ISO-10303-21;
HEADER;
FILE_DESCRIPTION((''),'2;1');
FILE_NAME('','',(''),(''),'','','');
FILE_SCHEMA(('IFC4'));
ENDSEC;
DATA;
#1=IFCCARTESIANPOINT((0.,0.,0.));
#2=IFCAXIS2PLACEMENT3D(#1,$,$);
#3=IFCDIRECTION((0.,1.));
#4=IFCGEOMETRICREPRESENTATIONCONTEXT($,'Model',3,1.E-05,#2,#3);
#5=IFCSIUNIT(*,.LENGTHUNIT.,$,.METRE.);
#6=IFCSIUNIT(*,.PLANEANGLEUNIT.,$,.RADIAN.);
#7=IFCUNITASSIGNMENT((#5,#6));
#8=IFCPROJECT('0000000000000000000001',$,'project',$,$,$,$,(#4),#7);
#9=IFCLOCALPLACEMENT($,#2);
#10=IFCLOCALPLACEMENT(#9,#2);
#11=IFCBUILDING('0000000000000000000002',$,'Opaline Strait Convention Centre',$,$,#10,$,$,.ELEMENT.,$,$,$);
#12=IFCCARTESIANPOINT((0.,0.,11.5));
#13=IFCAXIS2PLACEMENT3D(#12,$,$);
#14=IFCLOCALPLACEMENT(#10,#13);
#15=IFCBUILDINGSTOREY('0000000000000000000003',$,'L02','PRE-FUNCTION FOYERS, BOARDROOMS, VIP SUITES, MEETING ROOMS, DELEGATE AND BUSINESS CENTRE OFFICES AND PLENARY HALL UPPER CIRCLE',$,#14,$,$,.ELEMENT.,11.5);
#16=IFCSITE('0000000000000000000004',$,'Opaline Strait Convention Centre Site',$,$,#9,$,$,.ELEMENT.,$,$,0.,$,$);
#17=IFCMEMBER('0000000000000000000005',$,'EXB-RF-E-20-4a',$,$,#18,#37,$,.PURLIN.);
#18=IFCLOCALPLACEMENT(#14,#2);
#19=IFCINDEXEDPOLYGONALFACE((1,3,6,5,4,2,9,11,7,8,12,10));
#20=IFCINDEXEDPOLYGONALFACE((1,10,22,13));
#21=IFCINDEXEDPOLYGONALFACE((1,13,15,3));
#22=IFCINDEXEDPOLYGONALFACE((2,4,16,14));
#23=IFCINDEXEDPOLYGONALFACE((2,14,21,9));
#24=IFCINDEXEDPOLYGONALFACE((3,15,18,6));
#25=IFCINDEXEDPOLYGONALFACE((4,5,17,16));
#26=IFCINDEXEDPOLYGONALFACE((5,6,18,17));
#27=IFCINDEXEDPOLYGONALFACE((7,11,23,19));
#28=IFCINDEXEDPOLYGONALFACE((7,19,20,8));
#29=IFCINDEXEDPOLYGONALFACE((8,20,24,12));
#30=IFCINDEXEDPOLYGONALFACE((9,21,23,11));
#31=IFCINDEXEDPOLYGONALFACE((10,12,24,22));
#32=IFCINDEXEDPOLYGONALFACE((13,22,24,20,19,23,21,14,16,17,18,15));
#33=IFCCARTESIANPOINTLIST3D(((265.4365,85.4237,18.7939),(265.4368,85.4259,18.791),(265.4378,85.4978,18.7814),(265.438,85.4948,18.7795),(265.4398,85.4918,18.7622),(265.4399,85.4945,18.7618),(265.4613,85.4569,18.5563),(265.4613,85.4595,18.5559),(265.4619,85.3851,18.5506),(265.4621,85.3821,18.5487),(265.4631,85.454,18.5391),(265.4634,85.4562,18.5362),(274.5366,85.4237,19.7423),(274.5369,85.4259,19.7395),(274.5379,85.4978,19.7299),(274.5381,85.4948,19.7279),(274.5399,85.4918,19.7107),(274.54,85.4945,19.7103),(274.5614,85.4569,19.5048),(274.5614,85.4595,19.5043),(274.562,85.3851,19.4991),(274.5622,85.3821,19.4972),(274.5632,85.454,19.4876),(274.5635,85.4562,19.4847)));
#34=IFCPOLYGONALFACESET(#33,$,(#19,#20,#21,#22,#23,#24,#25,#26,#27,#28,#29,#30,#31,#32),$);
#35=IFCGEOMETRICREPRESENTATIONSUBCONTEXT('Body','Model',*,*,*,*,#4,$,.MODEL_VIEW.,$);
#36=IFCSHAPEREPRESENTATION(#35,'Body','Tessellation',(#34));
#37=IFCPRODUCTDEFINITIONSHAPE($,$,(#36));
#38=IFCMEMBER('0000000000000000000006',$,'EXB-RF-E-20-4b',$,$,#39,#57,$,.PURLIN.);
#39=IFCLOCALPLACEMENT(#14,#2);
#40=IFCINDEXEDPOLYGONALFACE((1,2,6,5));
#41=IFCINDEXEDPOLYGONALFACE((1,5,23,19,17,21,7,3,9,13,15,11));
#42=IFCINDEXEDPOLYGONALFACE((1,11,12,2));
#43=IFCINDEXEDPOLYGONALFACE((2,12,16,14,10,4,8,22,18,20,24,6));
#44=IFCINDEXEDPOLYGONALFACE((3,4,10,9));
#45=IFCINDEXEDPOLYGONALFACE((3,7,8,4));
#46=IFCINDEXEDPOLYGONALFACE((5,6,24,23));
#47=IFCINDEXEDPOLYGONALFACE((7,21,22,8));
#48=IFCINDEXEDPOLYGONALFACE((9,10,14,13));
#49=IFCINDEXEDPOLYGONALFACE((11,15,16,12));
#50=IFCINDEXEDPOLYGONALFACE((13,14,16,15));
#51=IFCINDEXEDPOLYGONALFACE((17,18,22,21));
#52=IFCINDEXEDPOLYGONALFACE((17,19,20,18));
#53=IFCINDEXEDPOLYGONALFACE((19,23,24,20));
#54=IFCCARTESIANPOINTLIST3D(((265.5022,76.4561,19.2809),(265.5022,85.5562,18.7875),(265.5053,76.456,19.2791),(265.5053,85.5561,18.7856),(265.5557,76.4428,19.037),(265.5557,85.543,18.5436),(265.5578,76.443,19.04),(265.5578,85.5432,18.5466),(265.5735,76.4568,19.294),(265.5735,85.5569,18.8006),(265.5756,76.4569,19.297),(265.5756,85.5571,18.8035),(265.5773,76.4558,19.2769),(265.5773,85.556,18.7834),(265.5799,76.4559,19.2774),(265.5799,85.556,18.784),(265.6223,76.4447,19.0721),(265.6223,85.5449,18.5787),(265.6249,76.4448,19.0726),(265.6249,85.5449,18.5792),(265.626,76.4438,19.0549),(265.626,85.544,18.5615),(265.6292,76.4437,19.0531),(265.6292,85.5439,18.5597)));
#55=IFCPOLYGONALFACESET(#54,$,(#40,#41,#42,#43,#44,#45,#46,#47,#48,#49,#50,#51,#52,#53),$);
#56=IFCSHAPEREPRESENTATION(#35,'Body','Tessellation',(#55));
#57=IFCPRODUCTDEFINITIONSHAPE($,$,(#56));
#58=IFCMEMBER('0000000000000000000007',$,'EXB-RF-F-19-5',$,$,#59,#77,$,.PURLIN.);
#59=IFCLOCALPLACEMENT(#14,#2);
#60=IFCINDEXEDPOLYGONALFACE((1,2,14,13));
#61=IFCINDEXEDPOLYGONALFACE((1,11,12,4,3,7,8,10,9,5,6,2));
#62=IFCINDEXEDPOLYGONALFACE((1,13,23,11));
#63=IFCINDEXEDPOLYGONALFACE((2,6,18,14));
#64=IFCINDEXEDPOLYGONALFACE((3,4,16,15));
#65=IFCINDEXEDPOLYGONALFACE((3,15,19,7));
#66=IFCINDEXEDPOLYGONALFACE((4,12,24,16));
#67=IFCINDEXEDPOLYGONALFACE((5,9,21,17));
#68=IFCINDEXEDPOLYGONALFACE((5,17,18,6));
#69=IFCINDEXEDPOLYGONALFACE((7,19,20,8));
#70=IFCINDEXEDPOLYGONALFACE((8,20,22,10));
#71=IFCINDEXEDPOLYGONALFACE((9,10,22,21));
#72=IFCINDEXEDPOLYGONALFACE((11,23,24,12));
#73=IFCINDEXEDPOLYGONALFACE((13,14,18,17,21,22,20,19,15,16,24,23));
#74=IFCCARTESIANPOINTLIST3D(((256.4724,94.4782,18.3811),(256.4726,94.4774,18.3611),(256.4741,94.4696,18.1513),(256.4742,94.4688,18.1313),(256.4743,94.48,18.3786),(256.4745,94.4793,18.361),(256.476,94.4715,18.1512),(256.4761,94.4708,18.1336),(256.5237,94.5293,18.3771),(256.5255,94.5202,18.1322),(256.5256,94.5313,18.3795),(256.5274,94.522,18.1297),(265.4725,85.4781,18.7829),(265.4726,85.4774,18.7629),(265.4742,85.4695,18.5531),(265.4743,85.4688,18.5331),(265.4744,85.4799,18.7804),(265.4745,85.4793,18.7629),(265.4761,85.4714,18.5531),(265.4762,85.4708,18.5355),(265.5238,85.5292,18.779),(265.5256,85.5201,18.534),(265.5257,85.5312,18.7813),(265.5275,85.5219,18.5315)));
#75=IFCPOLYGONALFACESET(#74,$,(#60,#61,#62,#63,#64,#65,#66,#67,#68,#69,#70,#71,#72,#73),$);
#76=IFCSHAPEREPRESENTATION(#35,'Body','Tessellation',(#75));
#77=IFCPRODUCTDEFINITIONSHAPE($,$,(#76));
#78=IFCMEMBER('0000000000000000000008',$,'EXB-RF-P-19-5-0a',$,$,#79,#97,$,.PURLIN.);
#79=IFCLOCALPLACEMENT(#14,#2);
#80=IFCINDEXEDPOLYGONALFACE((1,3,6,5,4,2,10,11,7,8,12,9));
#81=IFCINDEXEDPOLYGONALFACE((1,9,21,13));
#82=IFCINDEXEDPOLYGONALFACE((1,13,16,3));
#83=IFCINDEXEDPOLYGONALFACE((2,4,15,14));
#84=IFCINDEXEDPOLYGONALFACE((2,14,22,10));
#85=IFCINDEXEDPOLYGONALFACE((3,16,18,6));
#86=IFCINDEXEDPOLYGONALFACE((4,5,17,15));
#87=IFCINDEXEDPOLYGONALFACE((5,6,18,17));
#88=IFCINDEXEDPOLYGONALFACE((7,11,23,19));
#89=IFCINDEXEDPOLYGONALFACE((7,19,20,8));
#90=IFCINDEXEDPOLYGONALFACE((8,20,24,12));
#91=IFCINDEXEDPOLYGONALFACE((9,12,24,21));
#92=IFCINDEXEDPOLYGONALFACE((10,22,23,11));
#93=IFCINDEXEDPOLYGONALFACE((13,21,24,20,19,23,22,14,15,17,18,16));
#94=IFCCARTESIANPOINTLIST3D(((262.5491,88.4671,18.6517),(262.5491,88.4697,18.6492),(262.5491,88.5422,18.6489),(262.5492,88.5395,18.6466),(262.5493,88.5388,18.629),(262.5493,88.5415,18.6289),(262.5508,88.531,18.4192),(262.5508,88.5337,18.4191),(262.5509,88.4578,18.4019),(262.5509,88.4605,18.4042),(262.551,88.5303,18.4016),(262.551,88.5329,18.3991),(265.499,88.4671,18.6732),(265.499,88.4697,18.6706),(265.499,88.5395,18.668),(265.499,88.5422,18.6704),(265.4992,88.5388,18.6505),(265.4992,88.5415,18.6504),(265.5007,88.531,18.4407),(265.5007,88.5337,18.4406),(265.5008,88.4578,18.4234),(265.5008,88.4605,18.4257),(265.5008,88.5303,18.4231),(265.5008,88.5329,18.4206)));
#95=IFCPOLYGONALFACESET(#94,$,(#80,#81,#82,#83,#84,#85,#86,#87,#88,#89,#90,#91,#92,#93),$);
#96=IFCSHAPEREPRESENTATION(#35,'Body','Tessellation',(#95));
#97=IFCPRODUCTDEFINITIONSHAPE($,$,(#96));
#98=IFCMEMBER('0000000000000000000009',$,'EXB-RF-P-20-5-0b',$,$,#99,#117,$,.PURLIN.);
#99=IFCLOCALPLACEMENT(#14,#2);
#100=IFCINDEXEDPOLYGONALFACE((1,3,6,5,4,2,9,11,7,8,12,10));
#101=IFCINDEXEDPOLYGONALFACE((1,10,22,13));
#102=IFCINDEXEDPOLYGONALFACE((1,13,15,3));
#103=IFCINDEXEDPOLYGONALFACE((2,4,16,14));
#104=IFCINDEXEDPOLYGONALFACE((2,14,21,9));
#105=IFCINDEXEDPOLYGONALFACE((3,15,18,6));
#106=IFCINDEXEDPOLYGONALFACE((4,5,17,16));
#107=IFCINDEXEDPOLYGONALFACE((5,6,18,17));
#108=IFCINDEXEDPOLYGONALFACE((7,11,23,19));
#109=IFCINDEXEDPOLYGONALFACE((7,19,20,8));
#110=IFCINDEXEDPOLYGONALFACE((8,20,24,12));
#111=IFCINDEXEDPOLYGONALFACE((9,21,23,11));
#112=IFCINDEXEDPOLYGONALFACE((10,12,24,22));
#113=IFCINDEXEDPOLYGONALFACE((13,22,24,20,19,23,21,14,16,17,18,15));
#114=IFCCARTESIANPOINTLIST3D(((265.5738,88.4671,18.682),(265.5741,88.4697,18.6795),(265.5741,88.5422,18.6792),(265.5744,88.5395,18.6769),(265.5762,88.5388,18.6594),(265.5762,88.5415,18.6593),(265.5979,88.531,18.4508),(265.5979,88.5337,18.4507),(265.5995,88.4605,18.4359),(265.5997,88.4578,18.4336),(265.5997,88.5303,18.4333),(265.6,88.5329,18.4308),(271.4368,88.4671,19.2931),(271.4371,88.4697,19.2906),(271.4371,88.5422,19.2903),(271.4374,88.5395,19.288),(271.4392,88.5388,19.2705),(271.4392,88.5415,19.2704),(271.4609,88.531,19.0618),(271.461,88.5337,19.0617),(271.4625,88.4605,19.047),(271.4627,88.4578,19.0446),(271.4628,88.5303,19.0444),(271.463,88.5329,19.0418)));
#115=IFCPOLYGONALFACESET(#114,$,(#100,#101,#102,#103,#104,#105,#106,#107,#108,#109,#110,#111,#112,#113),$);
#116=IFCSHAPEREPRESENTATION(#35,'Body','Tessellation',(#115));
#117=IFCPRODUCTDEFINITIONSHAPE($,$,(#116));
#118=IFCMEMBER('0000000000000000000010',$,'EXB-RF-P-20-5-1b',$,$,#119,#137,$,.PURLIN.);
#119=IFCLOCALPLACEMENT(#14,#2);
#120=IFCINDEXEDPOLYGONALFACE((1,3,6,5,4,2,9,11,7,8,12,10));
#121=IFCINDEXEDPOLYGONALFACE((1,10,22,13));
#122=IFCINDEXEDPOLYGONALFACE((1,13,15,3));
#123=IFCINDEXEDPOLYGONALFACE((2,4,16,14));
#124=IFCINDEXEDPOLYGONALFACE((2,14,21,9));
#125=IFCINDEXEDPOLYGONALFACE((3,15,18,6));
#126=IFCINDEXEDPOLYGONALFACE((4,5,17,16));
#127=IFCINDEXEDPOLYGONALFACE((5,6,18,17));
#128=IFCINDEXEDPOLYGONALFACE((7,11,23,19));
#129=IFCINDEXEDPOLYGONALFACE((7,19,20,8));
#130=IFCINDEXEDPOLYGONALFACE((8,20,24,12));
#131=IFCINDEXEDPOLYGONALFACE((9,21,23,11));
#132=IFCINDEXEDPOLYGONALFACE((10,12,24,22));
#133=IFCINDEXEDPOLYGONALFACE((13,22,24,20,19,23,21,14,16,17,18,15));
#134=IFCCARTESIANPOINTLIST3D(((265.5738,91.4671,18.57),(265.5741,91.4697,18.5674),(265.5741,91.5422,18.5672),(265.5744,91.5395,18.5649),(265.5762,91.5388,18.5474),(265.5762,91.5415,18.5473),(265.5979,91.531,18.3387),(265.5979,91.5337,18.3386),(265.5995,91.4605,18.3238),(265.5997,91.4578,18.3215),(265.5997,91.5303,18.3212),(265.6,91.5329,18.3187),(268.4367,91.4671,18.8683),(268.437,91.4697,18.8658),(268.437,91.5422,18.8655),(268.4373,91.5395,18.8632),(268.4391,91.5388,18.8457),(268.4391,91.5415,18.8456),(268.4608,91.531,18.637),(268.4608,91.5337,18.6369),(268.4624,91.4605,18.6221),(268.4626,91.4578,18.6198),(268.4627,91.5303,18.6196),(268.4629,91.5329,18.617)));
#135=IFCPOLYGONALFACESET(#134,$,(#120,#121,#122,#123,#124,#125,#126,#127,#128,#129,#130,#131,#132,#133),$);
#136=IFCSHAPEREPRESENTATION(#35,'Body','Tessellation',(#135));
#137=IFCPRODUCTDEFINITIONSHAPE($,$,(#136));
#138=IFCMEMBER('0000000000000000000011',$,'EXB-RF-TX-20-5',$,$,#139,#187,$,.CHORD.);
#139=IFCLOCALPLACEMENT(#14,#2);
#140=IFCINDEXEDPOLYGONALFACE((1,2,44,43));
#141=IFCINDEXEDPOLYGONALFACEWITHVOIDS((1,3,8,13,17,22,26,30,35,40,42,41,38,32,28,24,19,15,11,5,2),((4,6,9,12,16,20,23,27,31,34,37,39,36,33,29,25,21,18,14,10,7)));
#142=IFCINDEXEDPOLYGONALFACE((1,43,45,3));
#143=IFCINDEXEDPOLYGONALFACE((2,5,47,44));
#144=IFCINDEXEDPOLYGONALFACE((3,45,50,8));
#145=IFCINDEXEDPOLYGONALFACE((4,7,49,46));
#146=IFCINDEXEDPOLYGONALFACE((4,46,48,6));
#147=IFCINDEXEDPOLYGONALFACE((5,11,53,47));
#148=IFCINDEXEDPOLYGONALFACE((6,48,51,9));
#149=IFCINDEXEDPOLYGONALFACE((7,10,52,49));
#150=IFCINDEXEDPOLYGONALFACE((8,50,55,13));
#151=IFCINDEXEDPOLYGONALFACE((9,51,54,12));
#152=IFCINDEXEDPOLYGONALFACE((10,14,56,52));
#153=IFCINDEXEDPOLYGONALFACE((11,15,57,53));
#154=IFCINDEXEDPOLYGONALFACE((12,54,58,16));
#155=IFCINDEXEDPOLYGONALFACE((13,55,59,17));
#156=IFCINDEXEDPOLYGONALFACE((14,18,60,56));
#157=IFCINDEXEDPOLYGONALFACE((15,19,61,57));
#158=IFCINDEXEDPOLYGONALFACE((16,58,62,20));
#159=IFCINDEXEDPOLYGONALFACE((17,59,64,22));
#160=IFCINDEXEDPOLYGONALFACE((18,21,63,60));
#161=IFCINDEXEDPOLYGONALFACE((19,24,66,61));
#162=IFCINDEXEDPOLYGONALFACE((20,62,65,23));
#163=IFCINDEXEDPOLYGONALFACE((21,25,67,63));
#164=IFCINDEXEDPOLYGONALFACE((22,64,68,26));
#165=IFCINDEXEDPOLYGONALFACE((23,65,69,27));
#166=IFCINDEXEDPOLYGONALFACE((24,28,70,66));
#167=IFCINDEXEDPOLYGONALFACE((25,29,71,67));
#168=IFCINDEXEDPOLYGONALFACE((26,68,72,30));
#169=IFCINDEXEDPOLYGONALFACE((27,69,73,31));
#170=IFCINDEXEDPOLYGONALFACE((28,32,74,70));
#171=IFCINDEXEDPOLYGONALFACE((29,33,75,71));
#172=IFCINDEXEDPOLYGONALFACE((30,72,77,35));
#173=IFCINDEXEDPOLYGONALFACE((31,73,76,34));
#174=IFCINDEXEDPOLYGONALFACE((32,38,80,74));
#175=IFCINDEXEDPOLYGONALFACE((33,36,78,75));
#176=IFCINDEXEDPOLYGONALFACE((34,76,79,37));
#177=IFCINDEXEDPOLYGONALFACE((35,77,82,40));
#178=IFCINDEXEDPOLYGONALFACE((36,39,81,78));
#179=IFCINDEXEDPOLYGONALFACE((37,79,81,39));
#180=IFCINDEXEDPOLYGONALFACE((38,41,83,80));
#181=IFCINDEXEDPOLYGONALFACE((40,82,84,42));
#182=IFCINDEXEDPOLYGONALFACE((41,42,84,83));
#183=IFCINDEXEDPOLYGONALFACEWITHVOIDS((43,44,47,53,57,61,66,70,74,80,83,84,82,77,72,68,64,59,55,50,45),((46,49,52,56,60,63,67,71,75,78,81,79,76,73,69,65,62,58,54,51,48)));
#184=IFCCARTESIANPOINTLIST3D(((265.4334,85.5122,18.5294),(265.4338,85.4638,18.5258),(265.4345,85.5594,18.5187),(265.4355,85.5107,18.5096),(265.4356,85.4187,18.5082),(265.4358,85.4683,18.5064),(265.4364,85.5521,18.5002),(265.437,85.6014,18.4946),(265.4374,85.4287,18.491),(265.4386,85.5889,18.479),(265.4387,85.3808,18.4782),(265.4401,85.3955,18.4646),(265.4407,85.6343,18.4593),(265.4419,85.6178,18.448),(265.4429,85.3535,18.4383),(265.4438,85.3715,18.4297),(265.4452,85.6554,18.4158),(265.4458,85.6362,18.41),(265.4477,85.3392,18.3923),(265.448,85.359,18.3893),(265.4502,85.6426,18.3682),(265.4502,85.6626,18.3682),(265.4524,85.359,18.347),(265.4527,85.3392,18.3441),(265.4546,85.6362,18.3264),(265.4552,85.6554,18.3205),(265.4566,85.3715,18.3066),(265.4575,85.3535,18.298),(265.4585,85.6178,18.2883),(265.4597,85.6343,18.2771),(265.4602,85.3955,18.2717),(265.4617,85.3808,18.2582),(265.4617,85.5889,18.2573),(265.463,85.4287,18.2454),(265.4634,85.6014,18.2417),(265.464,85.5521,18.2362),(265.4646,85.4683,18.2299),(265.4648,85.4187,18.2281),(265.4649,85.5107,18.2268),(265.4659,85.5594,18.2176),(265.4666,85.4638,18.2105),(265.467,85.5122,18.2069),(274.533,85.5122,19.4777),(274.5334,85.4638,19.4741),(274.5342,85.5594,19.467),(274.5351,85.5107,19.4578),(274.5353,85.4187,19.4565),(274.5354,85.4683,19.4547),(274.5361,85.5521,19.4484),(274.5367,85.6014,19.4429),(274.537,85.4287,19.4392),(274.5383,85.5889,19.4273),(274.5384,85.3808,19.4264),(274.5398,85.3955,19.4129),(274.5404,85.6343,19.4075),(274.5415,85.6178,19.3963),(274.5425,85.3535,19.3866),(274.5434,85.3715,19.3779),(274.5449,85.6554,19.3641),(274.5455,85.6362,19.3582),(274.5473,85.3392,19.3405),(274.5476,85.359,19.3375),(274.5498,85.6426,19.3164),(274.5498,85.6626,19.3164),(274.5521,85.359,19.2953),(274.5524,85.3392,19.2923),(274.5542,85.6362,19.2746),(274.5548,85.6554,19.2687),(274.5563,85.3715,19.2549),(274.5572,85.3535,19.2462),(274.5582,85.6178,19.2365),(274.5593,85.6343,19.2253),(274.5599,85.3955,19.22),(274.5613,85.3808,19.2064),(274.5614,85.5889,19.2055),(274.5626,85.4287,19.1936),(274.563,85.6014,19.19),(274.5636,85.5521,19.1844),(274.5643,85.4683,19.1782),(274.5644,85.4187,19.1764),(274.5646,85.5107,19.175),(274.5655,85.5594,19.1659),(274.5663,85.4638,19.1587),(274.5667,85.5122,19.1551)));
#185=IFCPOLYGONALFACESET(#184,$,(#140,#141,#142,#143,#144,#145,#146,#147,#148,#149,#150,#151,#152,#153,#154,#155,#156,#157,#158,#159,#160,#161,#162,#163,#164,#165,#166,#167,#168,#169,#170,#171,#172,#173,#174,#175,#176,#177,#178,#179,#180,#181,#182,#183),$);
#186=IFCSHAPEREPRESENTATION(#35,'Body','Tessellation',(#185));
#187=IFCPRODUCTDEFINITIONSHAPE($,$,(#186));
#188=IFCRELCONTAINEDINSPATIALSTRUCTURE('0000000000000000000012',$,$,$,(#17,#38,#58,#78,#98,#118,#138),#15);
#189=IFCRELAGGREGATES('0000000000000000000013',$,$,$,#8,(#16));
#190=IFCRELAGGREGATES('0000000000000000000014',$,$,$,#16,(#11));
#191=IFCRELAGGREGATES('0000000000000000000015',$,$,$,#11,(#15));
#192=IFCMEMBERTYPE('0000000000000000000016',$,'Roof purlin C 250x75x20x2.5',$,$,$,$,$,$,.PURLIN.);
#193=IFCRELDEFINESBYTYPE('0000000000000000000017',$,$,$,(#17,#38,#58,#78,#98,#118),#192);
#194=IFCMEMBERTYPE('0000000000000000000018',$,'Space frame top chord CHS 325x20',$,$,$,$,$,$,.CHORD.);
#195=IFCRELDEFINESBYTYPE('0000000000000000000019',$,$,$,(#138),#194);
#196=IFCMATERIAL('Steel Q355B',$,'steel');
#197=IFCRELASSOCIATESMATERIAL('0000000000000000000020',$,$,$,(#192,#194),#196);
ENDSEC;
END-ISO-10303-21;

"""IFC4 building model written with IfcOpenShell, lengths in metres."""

from ifc_helpers import new_model, si_unit, direction, frame, origin, origin_2d, place, context, subcontext, project, spatial, polyline, hollow_circle, outline, extrude, material, material_profile, profile_set, type_object, element, save


model = new_model("IFC4")

# Units and contexts
model_context = context("Model", 3, precision=1e-05, world=origin(), true_north=direction((0.0, 1.0)))
body_context = subcontext(model_context, "Body", "Model", "MODEL_VIEW")
ifc_project = project(units=[si_unit("LENGTHUNIT", "METRE"), si_unit("PLANEANGLEUNIT", "RADIAN")], contexts=[model_context])

# Site, building, storey
site_placement = place(None, origin())
site = spatial("IfcSite", under=ifc_project, at=site_placement, Name="Opaline Strait Convention Centre Site", CompositionType="ELEMENT", RefElevation=0.0)
building_placement = place(site_placement, origin())
building = spatial("IfcBuilding", under=site, at=building_placement, Name="Opaline Strait Convention Centre", CompositionType="ELEMENT")
storey_placement = place(building_placement, frame((0.0, 0.0, 11.5)))
storey = spatial("IfcBuildingStorey", under=building, at=storey_placement, Name="L02", Description="PRE-FUNCTION FOYERS, BOARDROOMS, VIP SUITES, MEETING ROOMS, DELEGATE AND BUSINESS CENTRE OFFICES AND PLENARY HALL UPPER CIRCLE", CompositionType="ELEMENT", Elevation=11.5)

# Members
ifc_material_1 = material(Name="Steel Q355B", Category="steel")
ifc_material_profile_1 = material_profile(ifc_material_1, outline(polyline([(-0.0376, -0.125), (0.0376, -0.125), (0.0376, -0.105), (0.0349, -0.105), (0.0349, -0.1226), (-0.0349, -0.1226), (-0.0349, 0.1226), (0.0349, 0.1226), (0.0349, 0.105), (0.0376, 0.105), (0.0376, 0.125), (-0.0376, 0.125), (-0.0376, -0.125)])), Name="C 250x75x20x2.5")
ifc_profile_set_1 = profile_set([ifc_material_profile_1], Name="Steel Q355B")
member_type_1 = type_object("IfcMemberType", Name="Roof purlin C 250x75x20x2.5", PredefinedType="PURLIN", material=ifc_profile_set_1)
member_1_placement = place(storey_placement, frame((265.45, 85.4399, 18.665), z_axis=(0.994612, 0.0, 0.103667), x_axis=(0.017254, 0.986052, -0.165542)))
element("IfcMember", 1, at=member_1_placement, inside=storey, type_object=member_type_1, Name="EXB-RF-E-20-4a", PredefinedType="PURLIN", context=body_context, shape_type="SweptSolid", body=[
    extrude(outline(polyline([(-0.0376, -0.125), (0.0376, -0.125), (0.0376, -0.105), (0.0349, -0.105), (0.0349, -0.1226), (-0.0349, -0.1226), (-0.0349, 0.1226), (0.0349, 0.1226), (0.0349, 0.105), (0.0376, 0.105), (0.0376, 0.125), (-0.0376, 0.125), (-0.0376, -0.125)])), origin(), (0.0, 0.0, 1.0), 9.1494),
])
member_2_placement = place(storey_placement, frame((265.5657, 85.55, 18.6736), z_axis=(0.0, -0.998533, 0.054141), x_axis=(0.976768, 0.011602, 0.213986)))
element("IfcMember", 2, at=member_2_placement, inside=storey, type_object=member_type_1, Name="EXB-RF-E-20-4b", PredefinedType="PURLIN", context=body_context, shape_type="SweptSolid", body=[
    extrude(outline(polyline([(-0.0376, -0.125), (0.0376, -0.125), (0.0376, -0.105), (0.0349, -0.105), (0.0349, -0.1226), (-0.0349, -0.1226), (-0.0349, 0.1226), (0.0349, 0.1226), (0.0349, 0.105), (0.0376, 0.105), (0.0376, 0.125), (-0.0376, 0.125), (-0.0376, -0.125)])), origin(), (0.0, 0.0, 1.0), 9.1135),
])
member_3_placement = place(storey_placement, frame((265.5, 85.5, 18.6572), z_axis=(-0.706755, 0.706755, -0.031557), x_axis=(-0.707421, -0.706472, 0.02126)))
element("IfcMember", 3, at=member_3_placement, inside=storey, type_object=member_type_1, Name="EXB-RF-F-19-5", PredefinedType="PURLIN", context=body_context, shape_type="SweptSolid", body=[
    extrude(outline(polyline([(-0.0376, -0.125), (0.0376, -0.125), (0.0376, -0.105), (0.0349, -0.105), (0.0349, -0.1226), (-0.0349, -0.1226), (-0.0349, 0.1226), (0.0349, 0.1226), (0.0349, 0.105), (0.0376, 0.105), (0.0376, 0.125), (-0.0376, 0.125), (-0.0376, -0.125)])), origin(), (0.0, 0.0, 1.0), 12.7344),
])
member_4_placement = place(storey_placement, frame((262.55, 88.5, 18.5254), z_axis=(0.999973, 0.0, 0.007283), x_axis=(0.000272, 0.999302, -0.037351)))
element("IfcMember", 4, at=member_4_placement, inside=storey, type_object=member_type_1, Name="EXB-RF-P-19-5-0a", PredefinedType="PURLIN", context=body_context, shape_type="SweptSolid", body=[
    extrude(outline(polyline([(-0.0376, -0.125), (0.0376, -0.125), (0.0376, -0.105), (0.0349, -0.105), (0.0349, -0.1226), (-0.0349, -0.1226), (-0.0349, 0.1226), (0.0349, 0.1226), (0.0349, 0.105), (0.0376, 0.105), (0.0376, 0.125), (-0.0376, 0.125), (-0.0376, -0.125)])), origin(), (0.0, 0.0, 1.0), 2.95),
])
member_5_placement = place(storey_placement, frame((265.5869, 88.5, 18.5564), z_axis=(0.994612, 0.0, 0.103665), x_axis=(0.003872, 0.999302, -0.037151)))
element("IfcMember", 5, at=member_5_placement, inside=storey, type_object=member_type_1, Name="EXB-RF-P-20-5-0b", PredefinedType="PURLIN", context=body_context, shape_type="SweptSolid", body=[
    extrude(outline(polyline([(-0.0376, -0.125), (0.0376, -0.125), (0.0376, -0.105), (0.0349, -0.105), (0.0349, -0.1226), (-0.0349, -0.1226), (-0.0349, 0.1226), (0.0349, 0.1226), (0.0349, 0.105), (0.0376, 0.105), (0.0376, 0.125), (-0.0376, 0.125), (-0.0376, -0.125)])), origin(), (0.0, 0.0, 1.0), 5.8948),
])
member_6_placement = place(storey_placement, frame((265.5869, 91.5, 18.4443), z_axis=(0.994615, 0.0, 0.103643), x_axis=(0.003871, 0.999302, -0.037151)))
element("IfcMember", 6, at=member_6_placement, inside=storey, type_object=member_type_1, Name="EXB-RF-P-20-5-1b", PredefinedType="PURLIN", context=body_context, shape_type="SweptSolid", body=[
    extrude(outline(polyline([(-0.0376, -0.125), (0.0376, -0.125), (0.0376, -0.105), (0.0349, -0.105), (0.0349, -0.1226), (-0.0349, -0.1226), (-0.0349, 0.1226), (0.0349, 0.1226), (0.0349, 0.105), (0.0376, 0.105), (0.0376, 0.125), (-0.0376, 0.125), (-0.0376, -0.125)])), origin(), (0.0, 0.0, 1.0), 2.8784),
])
ifc_material_profile_2 = material_profile(ifc_material_1, hollow_circle(Radius=0.1626, WallThickness=0.02, at=origin_2d()), Name="CHS 325x20")
ifc_profile_set_2 = profile_set([ifc_material_profile_2], Name="Steel Q355B")
member_type_2 = type_object("IfcMemberType", Name="Space frame top chord CHS 325x20", PredefinedType="CHORD", material=ifc_profile_set_2)
member_7_placement = place(storey_placement, frame((265.4502, 85.5, 18.3682), z_axis=(0.994614, 0.0, 0.103646), x_axis=(0.0, 1.0, 0.0)))
element("IfcMember", 7, at=member_7_placement, inside=storey, type_object=member_type_2, Name="EXB-RF-TX-20-5", PredefinedType="CHORD", context=body_context, shape_type="SweptSolid", body=[
    extrude(hollow_circle(Radius=0.1626, WallThickness=0.02, at=origin_2d()), origin(), (0.0, 0.0, 1.0), 9.1489),
])

save(model, "model.ifc")
